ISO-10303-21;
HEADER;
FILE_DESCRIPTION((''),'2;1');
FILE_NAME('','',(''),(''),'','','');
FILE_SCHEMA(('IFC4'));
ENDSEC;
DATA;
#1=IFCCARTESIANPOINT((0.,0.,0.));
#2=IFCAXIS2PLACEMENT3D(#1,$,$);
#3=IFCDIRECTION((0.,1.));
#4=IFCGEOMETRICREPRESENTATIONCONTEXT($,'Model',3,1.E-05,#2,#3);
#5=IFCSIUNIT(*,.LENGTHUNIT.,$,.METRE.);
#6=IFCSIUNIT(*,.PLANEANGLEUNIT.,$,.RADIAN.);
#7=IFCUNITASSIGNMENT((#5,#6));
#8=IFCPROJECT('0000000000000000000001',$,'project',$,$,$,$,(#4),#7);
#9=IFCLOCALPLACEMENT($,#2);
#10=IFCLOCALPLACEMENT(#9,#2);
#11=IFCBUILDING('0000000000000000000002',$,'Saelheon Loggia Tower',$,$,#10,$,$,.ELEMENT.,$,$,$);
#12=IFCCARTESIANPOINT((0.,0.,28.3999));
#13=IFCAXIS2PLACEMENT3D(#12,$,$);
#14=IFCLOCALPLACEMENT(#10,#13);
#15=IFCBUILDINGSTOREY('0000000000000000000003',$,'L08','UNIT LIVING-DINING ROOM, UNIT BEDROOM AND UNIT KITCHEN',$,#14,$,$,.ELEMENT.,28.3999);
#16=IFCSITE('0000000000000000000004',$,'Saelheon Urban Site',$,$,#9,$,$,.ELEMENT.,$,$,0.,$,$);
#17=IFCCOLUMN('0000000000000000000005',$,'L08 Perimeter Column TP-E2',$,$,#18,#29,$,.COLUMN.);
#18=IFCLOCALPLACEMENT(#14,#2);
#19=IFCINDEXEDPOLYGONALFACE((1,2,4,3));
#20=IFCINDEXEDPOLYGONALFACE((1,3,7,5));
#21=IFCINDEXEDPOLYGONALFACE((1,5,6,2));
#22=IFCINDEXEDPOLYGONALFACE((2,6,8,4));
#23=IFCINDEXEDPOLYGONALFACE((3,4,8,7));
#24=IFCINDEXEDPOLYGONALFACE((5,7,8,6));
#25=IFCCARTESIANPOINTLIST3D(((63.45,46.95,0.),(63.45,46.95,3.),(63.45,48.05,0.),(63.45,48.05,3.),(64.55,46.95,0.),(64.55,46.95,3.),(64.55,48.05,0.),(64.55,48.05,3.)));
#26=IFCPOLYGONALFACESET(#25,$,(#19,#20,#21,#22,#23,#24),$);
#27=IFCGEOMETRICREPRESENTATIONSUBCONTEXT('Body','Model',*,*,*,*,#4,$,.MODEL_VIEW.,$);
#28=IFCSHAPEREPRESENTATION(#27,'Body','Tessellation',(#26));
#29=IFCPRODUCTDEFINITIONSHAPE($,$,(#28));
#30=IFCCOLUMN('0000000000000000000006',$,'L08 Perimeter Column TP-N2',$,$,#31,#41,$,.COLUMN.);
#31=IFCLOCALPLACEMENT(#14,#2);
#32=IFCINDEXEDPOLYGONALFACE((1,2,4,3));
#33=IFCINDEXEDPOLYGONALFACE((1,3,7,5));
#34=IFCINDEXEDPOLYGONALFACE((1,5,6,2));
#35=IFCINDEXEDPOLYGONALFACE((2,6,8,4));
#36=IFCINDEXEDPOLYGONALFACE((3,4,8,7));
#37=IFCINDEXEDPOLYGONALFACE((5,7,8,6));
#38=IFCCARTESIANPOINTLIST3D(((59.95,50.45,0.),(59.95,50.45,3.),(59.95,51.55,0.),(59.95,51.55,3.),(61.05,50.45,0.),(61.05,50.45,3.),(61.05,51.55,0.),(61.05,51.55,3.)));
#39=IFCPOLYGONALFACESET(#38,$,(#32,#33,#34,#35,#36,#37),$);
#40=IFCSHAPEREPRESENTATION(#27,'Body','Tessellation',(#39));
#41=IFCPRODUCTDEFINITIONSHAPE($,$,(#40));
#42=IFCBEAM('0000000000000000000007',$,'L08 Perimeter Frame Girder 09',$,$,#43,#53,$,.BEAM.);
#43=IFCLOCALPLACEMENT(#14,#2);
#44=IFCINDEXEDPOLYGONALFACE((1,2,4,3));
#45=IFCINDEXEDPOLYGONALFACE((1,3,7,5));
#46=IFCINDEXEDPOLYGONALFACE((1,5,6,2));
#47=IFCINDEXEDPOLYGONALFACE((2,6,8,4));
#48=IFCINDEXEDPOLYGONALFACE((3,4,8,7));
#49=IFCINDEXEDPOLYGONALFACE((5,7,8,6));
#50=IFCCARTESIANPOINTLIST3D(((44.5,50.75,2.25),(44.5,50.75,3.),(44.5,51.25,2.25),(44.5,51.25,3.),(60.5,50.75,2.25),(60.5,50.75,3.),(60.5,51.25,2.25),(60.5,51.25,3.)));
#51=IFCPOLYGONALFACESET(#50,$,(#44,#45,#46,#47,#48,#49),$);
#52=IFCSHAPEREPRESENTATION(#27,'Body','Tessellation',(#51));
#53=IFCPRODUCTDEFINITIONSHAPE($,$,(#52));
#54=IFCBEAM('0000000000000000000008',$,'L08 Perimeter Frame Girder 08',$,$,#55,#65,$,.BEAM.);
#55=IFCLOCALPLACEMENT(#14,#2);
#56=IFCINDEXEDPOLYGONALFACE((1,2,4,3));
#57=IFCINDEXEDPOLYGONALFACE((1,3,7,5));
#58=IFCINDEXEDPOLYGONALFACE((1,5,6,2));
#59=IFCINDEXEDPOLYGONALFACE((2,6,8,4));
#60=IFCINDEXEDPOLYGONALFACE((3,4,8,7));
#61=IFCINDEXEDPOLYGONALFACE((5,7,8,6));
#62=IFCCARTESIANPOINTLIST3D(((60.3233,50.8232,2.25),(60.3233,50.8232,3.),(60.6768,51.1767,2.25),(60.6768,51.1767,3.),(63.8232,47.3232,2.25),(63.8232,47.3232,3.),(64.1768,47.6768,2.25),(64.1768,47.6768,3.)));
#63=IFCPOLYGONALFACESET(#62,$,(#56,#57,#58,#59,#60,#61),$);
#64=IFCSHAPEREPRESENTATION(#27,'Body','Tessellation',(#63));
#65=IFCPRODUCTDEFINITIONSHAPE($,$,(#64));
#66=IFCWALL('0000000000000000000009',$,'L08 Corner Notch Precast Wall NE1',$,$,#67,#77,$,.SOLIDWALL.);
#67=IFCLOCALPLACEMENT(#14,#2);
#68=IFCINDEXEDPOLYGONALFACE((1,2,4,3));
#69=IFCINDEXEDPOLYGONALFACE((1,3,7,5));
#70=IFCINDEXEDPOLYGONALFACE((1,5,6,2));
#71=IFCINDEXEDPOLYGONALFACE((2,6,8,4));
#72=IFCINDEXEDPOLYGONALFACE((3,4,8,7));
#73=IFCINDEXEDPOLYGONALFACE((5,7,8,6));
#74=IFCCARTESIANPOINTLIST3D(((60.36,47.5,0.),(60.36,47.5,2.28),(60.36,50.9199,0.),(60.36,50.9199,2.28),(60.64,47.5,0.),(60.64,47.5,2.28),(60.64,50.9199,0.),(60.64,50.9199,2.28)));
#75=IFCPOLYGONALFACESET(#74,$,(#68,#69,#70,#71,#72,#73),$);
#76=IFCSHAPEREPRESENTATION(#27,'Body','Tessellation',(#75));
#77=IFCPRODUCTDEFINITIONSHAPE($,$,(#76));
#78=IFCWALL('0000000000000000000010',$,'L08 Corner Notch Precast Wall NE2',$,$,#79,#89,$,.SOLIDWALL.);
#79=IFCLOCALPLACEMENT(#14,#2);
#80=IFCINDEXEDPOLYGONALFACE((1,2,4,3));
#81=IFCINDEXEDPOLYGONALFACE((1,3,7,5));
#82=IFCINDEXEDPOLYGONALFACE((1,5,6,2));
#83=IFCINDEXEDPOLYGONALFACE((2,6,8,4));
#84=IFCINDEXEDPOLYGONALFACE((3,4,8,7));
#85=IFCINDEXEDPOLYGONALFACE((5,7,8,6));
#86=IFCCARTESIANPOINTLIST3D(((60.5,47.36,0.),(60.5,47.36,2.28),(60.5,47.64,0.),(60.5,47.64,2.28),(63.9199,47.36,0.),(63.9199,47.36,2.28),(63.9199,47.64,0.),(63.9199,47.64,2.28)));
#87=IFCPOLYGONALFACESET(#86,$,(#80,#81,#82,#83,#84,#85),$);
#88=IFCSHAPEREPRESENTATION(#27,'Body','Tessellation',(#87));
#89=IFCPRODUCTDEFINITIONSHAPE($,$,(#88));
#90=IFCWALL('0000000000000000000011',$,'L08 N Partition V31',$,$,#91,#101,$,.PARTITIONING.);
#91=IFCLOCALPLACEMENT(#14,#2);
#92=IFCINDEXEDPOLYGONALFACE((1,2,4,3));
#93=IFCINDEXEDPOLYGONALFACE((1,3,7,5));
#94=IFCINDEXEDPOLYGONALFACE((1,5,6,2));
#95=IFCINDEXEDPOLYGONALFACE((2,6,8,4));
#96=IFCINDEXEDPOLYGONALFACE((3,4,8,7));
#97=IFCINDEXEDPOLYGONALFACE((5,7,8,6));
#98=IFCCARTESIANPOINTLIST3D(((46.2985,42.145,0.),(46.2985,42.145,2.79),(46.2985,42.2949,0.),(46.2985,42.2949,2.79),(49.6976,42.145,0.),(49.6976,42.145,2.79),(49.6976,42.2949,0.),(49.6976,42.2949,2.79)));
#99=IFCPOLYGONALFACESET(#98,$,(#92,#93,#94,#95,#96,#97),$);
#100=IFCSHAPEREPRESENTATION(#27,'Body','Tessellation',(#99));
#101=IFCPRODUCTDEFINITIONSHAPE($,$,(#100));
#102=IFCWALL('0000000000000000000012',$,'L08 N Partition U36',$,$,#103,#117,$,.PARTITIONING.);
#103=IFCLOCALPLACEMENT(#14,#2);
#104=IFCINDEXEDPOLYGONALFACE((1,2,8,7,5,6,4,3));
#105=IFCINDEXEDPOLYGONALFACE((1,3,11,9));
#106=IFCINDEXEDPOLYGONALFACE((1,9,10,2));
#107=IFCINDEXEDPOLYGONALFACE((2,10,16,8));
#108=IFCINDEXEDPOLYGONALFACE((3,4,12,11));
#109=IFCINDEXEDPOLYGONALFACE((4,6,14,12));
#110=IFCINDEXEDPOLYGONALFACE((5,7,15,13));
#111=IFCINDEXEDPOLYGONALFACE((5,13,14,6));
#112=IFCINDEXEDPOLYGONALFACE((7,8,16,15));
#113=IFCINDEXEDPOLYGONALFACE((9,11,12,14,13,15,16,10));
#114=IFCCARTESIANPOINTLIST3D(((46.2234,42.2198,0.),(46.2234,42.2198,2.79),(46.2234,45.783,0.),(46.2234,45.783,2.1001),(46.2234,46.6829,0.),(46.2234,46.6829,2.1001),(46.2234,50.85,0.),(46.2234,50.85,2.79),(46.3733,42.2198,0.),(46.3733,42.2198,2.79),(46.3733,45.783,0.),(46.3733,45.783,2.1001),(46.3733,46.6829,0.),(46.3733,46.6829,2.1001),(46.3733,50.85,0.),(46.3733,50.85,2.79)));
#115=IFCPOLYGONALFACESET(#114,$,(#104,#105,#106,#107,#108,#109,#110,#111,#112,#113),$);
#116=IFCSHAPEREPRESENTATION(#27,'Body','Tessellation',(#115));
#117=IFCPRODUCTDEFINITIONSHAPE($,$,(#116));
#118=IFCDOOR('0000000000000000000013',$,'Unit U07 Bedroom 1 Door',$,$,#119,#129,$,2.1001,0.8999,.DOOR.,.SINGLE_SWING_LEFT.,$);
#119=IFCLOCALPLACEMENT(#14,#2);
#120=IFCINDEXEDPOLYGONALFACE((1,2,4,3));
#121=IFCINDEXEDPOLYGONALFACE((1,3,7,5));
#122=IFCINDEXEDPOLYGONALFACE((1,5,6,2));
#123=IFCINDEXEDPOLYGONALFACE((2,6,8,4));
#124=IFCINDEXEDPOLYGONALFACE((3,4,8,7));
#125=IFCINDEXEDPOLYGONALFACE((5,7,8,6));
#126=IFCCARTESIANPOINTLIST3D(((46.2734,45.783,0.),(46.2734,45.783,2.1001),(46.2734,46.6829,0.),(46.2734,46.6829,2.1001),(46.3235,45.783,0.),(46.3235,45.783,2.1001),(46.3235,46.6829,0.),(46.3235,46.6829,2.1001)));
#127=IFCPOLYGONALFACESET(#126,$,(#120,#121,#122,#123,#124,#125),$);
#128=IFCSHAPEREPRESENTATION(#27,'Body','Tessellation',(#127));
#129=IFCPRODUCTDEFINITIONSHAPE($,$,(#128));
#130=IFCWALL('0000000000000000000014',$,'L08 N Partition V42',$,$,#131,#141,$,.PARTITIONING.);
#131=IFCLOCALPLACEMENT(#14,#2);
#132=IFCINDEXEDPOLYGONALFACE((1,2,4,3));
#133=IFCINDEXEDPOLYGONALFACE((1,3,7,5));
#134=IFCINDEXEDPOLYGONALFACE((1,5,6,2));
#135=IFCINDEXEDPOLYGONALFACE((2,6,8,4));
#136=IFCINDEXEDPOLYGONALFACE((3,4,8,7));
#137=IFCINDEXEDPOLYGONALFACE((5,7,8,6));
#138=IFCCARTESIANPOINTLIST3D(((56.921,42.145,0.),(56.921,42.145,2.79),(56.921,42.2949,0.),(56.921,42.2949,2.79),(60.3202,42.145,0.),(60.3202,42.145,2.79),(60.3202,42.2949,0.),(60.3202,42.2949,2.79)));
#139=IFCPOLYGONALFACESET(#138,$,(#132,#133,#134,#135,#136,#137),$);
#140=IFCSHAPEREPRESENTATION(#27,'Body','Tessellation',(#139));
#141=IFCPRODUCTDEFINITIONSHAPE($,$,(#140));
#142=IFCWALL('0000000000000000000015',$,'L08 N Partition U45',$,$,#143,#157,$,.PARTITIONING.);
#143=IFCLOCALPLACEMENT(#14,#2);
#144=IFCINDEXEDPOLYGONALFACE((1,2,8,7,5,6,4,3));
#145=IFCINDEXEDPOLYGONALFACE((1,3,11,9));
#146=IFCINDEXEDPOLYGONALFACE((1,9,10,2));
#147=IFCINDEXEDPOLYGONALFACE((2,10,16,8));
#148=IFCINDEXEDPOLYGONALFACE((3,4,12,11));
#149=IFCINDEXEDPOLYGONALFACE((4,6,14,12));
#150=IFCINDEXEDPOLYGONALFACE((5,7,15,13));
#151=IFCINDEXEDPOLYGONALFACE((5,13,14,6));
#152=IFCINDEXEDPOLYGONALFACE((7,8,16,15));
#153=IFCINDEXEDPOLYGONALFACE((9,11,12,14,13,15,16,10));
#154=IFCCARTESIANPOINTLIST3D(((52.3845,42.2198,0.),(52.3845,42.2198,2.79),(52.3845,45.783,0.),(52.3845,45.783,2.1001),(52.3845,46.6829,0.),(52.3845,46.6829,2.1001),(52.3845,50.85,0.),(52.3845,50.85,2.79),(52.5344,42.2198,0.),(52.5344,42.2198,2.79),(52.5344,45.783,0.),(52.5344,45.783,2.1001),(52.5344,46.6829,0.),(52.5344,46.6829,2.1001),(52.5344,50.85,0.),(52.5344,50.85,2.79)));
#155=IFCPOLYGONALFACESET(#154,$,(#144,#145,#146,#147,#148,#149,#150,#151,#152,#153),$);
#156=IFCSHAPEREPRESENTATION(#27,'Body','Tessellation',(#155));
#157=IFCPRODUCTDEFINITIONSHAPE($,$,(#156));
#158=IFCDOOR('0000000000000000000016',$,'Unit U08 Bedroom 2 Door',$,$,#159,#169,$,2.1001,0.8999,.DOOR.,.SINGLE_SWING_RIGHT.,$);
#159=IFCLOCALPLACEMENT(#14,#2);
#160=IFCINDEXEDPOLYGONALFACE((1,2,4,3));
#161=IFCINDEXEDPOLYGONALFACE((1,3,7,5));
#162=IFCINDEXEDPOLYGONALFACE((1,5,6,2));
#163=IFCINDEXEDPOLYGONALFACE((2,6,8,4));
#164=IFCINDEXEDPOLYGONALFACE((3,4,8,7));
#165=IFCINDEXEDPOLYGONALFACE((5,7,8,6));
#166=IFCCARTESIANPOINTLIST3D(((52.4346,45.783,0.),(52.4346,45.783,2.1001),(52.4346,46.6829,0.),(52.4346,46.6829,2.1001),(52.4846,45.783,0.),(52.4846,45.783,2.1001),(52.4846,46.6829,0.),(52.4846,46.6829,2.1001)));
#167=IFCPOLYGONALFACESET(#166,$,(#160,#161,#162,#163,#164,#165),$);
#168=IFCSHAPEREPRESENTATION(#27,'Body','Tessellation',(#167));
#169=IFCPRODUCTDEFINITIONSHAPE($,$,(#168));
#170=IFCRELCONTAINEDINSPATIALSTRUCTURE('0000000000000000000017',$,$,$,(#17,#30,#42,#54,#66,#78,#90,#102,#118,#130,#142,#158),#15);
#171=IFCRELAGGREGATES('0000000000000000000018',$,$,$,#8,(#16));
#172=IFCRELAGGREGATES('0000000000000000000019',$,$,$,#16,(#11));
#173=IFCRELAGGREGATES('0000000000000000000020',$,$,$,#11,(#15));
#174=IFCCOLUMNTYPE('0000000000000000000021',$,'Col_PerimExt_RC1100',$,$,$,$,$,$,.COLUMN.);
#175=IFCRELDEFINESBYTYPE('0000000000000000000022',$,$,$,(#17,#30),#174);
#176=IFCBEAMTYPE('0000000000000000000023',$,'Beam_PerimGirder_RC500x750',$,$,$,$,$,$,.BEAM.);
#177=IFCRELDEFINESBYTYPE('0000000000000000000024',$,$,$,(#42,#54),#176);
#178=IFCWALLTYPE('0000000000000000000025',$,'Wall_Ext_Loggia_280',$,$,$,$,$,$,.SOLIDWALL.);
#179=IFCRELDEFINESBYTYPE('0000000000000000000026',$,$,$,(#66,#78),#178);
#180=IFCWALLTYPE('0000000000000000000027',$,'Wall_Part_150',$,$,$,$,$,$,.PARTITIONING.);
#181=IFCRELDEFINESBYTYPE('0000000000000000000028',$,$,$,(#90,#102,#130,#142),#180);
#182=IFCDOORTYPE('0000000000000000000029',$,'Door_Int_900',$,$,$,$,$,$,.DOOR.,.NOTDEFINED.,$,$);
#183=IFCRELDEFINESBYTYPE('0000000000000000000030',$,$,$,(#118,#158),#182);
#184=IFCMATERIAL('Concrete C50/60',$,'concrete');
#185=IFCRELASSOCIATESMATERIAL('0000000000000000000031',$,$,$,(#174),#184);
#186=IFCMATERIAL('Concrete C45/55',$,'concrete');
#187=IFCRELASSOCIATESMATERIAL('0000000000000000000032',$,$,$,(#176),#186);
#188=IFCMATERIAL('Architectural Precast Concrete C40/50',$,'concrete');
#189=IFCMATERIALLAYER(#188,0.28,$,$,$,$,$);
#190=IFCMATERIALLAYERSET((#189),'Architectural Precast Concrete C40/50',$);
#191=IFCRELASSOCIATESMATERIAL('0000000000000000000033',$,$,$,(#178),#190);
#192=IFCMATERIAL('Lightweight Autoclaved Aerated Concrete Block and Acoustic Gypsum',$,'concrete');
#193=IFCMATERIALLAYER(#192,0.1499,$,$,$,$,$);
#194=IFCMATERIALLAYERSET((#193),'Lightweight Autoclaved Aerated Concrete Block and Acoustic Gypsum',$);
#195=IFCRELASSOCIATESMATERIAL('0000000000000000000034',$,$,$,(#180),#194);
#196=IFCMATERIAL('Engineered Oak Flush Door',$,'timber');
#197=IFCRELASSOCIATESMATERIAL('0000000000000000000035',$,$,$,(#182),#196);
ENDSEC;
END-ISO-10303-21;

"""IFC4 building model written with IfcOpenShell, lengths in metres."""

from ifc_helpers import new_model, si_unit, direction, frame, frame_2d, origin, origin_2d, place, context, subcontext, project, spatial, rectangle, extrude, source, transform, mapped, material, layer, layer_set, material_profile, profile_set, type_object, element, fill, save


model = new_model("IFC4")

# Units and contexts
model_context = context("Model", 3, precision=1e-05, world=origin(), true_north=direction((0.0, 1.0)))
body_context = subcontext(model_context, "Body", "Model", "MODEL_VIEW")
ifc_project = project(units=[si_unit("LENGTHUNIT", "METRE"), si_unit("PLANEANGLEUNIT", "RADIAN")], contexts=[model_context])

# Site, building, storey
site_placement = place(None, origin())
site = spatial("IfcSite", under=ifc_project, at=site_placement, Name="Saelheon Urban Site", CompositionType="ELEMENT", RefElevation=0.0)
building_placement = place(site_placement, origin())
building = spatial("IfcBuilding", under=site, at=building_placement, Name="Saelheon Loggia Tower", CompositionType="ELEMENT")
storey_placement = place(building_placement, frame((0.0, 0.0, 28.3999)))
storey = spatial("IfcBuildingStorey", under=building, at=storey_placement, Name="L08", Description="UNIT LIVING-DINING ROOM, UNIT BEDROOM AND UNIT KITCHEN", CompositionType="ELEMENT", Elevation=28.3999)

# Columns
ifc_material_1 = material(Name="Concrete C50/60", Category="concrete")
ifc_material_profile_1 = material_profile(ifc_material_1, rectangle(XDim=1.1001, YDim=1.1001, at=origin_2d()), Name="RC-1100x1100")
ifc_profile_set_1 = profile_set([ifc_material_profile_1], Name="Concrete C50/60")
column_type = type_object("IfcColumnType", Name="Col_PerimExt_RC1100", PredefinedType="COLUMN", material=ifc_profile_set_1)
shared_shape_1 = source(origin(), body_context, "Body", "SweptSolid", [
    extrude(rectangle(XDim=1.1001, YDim=1.1001, at=origin_2d()), origin(), (0.0, 0.0, 1.0), 3.0),
])
for number, where, z_axis, x_axis, name in (
    (1, (64.0, 47.5, 0.0), (0.0, 0.0, 1.0), (1.0, 0.0, 0.0), "L08 Perimeter Column TP-E2"),
    (2, (60.5, 51.0, 0.0), (0.0, 0.0, 1.0), (1.0, 0.0, 0.0), "L08 Perimeter Column TP-N2"),
):
    element("IfcColumn", number, at=place(storey_placement, frame(where, z_axis=z_axis, x_axis=x_axis)), inside=storey, type_object=column_type, Name=name, PredefinedType="COLUMN", context=body_context, shape_type="MappedRepresentation", body=[
        mapped(shared_shape_1, transform((0.0, 0.0, 0.0), scale=1.0)),
    ])

# Beams
ifc_material_2 = material(Name="Concrete C45/55", Category="concrete")
ifc_material_profile_2 = material_profile(ifc_material_2, rectangle(XDim=0.5, YDim=0.75, at=origin_2d()), Name="RC-500x750")
ifc_profile_set_2 = profile_set([ifc_material_profile_2], Name="Concrete C45/55")
beam_type = type_object("IfcBeamType", Name="Beam_PerimGirder_RC500x750", PredefinedType="BEAM", material=ifc_profile_set_2)
shared_shape_2 = source(origin(), body_context, "Body", "SweptSolid", [
    extrude(rectangle(XDim=0.5, YDim=0.75, at=origin_2d()), origin(), (0.0, 0.0, 1.0), 16.0),
])
beam_1_placement = place(storey_placement, frame((60.5, 51.0, 2.625), z_axis=(-1.0, 0.0, 0.0), x_axis=(0.0, -1.0, 0.0)))
element("IfcBeam", 3, at=beam_1_placement, inside=storey, type_object=beam_type, Name="L08 Perimeter Frame Girder 09", PredefinedType="BEAM", context=body_context, shape_type="MappedRepresentation", body=[
    mapped(shared_shape_2, transform((0.0, 0.0, 0.0), scale=1.0)),
])
shared_shape_3 = source(origin(), body_context, "Body", "SweptSolid", [
    extrude(rectangle(XDim=0.5, YDim=0.75, at=origin_2d()), origin(), (0.0, 0.0, 1.0), 4.9497),
])
beam_2_placement = place(storey_placement, frame((64.0, 47.5, 2.625), z_axis=(-0.707107, 0.707107, 0.0), x_axis=(-0.707107, -0.707107, 0.0)))
element("IfcBeam", 4, at=beam_2_placement, inside=storey, type_object=beam_type, Name="L08 Perimeter Frame Girder 08", PredefinedType="BEAM", context=body_context, shape_type="MappedRepresentation", body=[
    mapped(shared_shape_3, transform((0.0, 0.0, 0.0), scale=1.0)),
])

# Walls
ifc_material_3 = material(Name="Architectural Precast Concrete C40/50", Category="concrete")
ifc_layer_1 = layer(ifc_material_3, 0.28)
ifc_layer_set_1 = layer_set([ifc_layer_1], Name="Architectural Precast Concrete C40/50")
wall_type_1 = type_object("IfcWallType", Name="Wall_Ext_Loggia_280", PredefinedType="SOLIDWALL", material=ifc_layer_set_1)
for number, where, z_axis, x_axis, name in (
    (5, (60.5, 47.5, 0.0), (0.0, 0.0, 1.0), (0.0, 1.0, 0.0), "L08 Corner Notch Precast Wall NE1"),
    (6, (60.5, 47.5, 0.0), (0.0, 0.0, 1.0), (1.0, 0.0, 0.0), "L08 Corner Notch Precast Wall NE2"),
):
    element("IfcWall", number, at=place(storey_placement, frame(where, z_axis=z_axis, x_axis=x_axis)), inside=storey, type_object=wall_type_1, Name=name, PredefinedType="SOLIDWALL", context=body_context, shape_type="SweptSolid", body=[
        extrude(rectangle(XDim=3.4199, YDim=0.28, at=frame_2d((1.71, 0.0))), origin(), (0.0, 0.0, 1.0), 2.28),
    ])
ifc_material_4 = material(Name="Lightweight Autoclaved Aerated Concrete Block and Acoustic Gypsum", Category="concrete")
ifc_layer_2 = layer(ifc_material_4, 0.1499)
ifc_layer_set_2 = layer_set([ifc_layer_2], Name="Lightweight Autoclaved Aerated Concrete Block and Acoustic Gypsum")
wall_type_2 = type_object("IfcWallType", Name="Wall_Part_150", PredefinedType="PARTITIONING", material=ifc_layer_set_2)
wall_1_placement = place(storey_placement, frame((46.2983, 42.22, 0.0), z_axis=(0.0, 0.0, 1.0), x_axis=(1.0, 0.0, 0.0)))
element("IfcWall", 7, at=wall_1_placement, inside=storey, type_object=wall_type_2, Name="L08 N Partition V31", PredefinedType="PARTITIONING", context=body_context, shape_type="SweptSolid", body=[
    extrude(rectangle(XDim=3.3992, YDim=0.1499, at=frame_2d((1.6997, 0.0))), origin(), (0.0, 0.0, 1.0), 2.79),
])

# Wall, opening, door
wall_2_placement = place(storey_placement, frame((46.2983, 42.22, 0.0), z_axis=(0.0, 0.0, 1.0), x_axis=(0.0, 1.0, 0.0)))
wall_2 = element("IfcWall", 8, at=wall_2_placement, inside=storey, type_object=wall_type_2, Name="L08 N Partition U36", PredefinedType="PARTITIONING", context=body_context, shape_type="SweptSolid", body=[
    extrude(rectangle(XDim=8.6301, YDim=0.1499, at=frame_2d((4.3149, 0.0))), origin(), (0.0, 0.0, 1.0), 2.79),
])
opening_1_placement = place(wall_2_placement, frame((3.563, 0.0, 0.0)))
opening_1 = element("IfcOpeningElement", 9, at=opening_1_placement, cuts=wall_2, PredefinedType="OPENING", context=body_context, shape_type="SweptSolid", body=[
    extrude(rectangle(XDim=0.8999, YDim=2.1001, at=frame_2d((0.45, 1.05))), frame((0.0, 0.0869, 0.0), z_axis=(0.0, -1.0, 0.0), x_axis=(1.0, 0.0, 0.0)), (0.0, 0.0, 1.0), 0.1738),
])
ifc_material_5 = material(Name="Engineered Oak Flush Door", Category="timber")
door_type_1 = type_object("IfcDoorType", Name="Door_Int_900", OperationType="NOTDEFINED", PredefinedType="DOOR", material=ifc_material_5)
shared_shape_4 = source(origin(), body_context, "Body", "SweptSolid", [
    extrude(rectangle(XDim=0.8999, YDim=2.1001, at=frame_2d((0.45, 1.05))), frame((0.0, 0.0249, 0.0), z_axis=(0.0, -1.0, 0.0), x_axis=(1.0, 0.0, 0.0)), (0.0, 0.0, 1.0), 0.05),
])
door_1_placement = place(opening_1_placement, origin())
door_1 = element("IfcDoor", 10, at=door_1_placement, inside=storey, type_object=door_type_1, Name="Unit U07 Bedroom 1 Door", OperationType="SINGLE_SWING_LEFT", OverallHeight=2.1001, OverallWidth=0.8999, PredefinedType="DOOR", context=body_context, shape_type="MappedRepresentation", body=[
    mapped(shared_shape_4, transform((0.0, 0.0, 0.0), scale=1.0)),
])
fill(opening_1, door_1)

# Wall
wall_3_placement = place(storey_placement, frame((56.9209, 42.22, 0.0), z_axis=(0.0, 0.0, 1.0), x_axis=(1.0, 0.0, 0.0)))
element("IfcWall", 11, at=wall_3_placement, inside=storey, type_object=wall_type_2, Name="L08 N Partition V42", PredefinedType="PARTITIONING", context=body_context, shape_type="SweptSolid", body=[
    extrude(rectangle(XDim=3.3992, YDim=0.1499, at=frame_2d((1.6997, 0.0))), origin(), (0.0, 0.0, 1.0), 2.79),
])

# Wall, opening, door
wall_4_placement = place(storey_placement, frame((52.4595, 42.22, 0.0), z_axis=(0.0, 0.0, 1.0), x_axis=(0.0, 1.0, 0.0)))
wall_4 = element("IfcWall", 12, at=wall_4_placement, inside=storey, type_object=wall_type_2, Name="L08 N Partition U45", PredefinedType="PARTITIONING", context=body_context, shape_type="SweptSolid", body=[
    extrude(rectangle(XDim=8.6301, YDim=0.1499, at=frame_2d((4.3149, 0.0))), origin(), (0.0, 0.0, 1.0), 2.79),
])
opening_2_placement = place(wall_4_placement, frame((3.563, 0.0, 0.0)))
opening_2 = element("IfcOpeningElement", 13, at=opening_2_placement, cuts=wall_4, PredefinedType="OPENING", context=body_context, shape_type="SweptSolid", body=[
    extrude(rectangle(XDim=0.8999, YDim=2.1001, at=frame_2d((0.45, 1.05))), frame((0.0, 0.0869, 0.0), z_axis=(0.0, -1.0, 0.0), x_axis=(1.0, 0.0, 0.0)), (0.0, 0.0, 1.0), 0.1738),
])
door_2_placement = place(opening_2_placement, origin())
door_2 = element("IfcDoor", 14, at=door_2_placement, inside=storey, type_object=door_type_1, Name="Unit U08 Bedroom 2 Door", OperationType="SINGLE_SWING_RIGHT", OverallHeight=2.1001, OverallWidth=0.8999, PredefinedType="DOOR", context=body_context, shape_type="MappedRepresentation", body=[
    mapped(shared_shape_4, transform((0.0, 0.0, 0.0), scale=1.0)),
])
fill(opening_2, door_2)

save(model, "model.ifc")
